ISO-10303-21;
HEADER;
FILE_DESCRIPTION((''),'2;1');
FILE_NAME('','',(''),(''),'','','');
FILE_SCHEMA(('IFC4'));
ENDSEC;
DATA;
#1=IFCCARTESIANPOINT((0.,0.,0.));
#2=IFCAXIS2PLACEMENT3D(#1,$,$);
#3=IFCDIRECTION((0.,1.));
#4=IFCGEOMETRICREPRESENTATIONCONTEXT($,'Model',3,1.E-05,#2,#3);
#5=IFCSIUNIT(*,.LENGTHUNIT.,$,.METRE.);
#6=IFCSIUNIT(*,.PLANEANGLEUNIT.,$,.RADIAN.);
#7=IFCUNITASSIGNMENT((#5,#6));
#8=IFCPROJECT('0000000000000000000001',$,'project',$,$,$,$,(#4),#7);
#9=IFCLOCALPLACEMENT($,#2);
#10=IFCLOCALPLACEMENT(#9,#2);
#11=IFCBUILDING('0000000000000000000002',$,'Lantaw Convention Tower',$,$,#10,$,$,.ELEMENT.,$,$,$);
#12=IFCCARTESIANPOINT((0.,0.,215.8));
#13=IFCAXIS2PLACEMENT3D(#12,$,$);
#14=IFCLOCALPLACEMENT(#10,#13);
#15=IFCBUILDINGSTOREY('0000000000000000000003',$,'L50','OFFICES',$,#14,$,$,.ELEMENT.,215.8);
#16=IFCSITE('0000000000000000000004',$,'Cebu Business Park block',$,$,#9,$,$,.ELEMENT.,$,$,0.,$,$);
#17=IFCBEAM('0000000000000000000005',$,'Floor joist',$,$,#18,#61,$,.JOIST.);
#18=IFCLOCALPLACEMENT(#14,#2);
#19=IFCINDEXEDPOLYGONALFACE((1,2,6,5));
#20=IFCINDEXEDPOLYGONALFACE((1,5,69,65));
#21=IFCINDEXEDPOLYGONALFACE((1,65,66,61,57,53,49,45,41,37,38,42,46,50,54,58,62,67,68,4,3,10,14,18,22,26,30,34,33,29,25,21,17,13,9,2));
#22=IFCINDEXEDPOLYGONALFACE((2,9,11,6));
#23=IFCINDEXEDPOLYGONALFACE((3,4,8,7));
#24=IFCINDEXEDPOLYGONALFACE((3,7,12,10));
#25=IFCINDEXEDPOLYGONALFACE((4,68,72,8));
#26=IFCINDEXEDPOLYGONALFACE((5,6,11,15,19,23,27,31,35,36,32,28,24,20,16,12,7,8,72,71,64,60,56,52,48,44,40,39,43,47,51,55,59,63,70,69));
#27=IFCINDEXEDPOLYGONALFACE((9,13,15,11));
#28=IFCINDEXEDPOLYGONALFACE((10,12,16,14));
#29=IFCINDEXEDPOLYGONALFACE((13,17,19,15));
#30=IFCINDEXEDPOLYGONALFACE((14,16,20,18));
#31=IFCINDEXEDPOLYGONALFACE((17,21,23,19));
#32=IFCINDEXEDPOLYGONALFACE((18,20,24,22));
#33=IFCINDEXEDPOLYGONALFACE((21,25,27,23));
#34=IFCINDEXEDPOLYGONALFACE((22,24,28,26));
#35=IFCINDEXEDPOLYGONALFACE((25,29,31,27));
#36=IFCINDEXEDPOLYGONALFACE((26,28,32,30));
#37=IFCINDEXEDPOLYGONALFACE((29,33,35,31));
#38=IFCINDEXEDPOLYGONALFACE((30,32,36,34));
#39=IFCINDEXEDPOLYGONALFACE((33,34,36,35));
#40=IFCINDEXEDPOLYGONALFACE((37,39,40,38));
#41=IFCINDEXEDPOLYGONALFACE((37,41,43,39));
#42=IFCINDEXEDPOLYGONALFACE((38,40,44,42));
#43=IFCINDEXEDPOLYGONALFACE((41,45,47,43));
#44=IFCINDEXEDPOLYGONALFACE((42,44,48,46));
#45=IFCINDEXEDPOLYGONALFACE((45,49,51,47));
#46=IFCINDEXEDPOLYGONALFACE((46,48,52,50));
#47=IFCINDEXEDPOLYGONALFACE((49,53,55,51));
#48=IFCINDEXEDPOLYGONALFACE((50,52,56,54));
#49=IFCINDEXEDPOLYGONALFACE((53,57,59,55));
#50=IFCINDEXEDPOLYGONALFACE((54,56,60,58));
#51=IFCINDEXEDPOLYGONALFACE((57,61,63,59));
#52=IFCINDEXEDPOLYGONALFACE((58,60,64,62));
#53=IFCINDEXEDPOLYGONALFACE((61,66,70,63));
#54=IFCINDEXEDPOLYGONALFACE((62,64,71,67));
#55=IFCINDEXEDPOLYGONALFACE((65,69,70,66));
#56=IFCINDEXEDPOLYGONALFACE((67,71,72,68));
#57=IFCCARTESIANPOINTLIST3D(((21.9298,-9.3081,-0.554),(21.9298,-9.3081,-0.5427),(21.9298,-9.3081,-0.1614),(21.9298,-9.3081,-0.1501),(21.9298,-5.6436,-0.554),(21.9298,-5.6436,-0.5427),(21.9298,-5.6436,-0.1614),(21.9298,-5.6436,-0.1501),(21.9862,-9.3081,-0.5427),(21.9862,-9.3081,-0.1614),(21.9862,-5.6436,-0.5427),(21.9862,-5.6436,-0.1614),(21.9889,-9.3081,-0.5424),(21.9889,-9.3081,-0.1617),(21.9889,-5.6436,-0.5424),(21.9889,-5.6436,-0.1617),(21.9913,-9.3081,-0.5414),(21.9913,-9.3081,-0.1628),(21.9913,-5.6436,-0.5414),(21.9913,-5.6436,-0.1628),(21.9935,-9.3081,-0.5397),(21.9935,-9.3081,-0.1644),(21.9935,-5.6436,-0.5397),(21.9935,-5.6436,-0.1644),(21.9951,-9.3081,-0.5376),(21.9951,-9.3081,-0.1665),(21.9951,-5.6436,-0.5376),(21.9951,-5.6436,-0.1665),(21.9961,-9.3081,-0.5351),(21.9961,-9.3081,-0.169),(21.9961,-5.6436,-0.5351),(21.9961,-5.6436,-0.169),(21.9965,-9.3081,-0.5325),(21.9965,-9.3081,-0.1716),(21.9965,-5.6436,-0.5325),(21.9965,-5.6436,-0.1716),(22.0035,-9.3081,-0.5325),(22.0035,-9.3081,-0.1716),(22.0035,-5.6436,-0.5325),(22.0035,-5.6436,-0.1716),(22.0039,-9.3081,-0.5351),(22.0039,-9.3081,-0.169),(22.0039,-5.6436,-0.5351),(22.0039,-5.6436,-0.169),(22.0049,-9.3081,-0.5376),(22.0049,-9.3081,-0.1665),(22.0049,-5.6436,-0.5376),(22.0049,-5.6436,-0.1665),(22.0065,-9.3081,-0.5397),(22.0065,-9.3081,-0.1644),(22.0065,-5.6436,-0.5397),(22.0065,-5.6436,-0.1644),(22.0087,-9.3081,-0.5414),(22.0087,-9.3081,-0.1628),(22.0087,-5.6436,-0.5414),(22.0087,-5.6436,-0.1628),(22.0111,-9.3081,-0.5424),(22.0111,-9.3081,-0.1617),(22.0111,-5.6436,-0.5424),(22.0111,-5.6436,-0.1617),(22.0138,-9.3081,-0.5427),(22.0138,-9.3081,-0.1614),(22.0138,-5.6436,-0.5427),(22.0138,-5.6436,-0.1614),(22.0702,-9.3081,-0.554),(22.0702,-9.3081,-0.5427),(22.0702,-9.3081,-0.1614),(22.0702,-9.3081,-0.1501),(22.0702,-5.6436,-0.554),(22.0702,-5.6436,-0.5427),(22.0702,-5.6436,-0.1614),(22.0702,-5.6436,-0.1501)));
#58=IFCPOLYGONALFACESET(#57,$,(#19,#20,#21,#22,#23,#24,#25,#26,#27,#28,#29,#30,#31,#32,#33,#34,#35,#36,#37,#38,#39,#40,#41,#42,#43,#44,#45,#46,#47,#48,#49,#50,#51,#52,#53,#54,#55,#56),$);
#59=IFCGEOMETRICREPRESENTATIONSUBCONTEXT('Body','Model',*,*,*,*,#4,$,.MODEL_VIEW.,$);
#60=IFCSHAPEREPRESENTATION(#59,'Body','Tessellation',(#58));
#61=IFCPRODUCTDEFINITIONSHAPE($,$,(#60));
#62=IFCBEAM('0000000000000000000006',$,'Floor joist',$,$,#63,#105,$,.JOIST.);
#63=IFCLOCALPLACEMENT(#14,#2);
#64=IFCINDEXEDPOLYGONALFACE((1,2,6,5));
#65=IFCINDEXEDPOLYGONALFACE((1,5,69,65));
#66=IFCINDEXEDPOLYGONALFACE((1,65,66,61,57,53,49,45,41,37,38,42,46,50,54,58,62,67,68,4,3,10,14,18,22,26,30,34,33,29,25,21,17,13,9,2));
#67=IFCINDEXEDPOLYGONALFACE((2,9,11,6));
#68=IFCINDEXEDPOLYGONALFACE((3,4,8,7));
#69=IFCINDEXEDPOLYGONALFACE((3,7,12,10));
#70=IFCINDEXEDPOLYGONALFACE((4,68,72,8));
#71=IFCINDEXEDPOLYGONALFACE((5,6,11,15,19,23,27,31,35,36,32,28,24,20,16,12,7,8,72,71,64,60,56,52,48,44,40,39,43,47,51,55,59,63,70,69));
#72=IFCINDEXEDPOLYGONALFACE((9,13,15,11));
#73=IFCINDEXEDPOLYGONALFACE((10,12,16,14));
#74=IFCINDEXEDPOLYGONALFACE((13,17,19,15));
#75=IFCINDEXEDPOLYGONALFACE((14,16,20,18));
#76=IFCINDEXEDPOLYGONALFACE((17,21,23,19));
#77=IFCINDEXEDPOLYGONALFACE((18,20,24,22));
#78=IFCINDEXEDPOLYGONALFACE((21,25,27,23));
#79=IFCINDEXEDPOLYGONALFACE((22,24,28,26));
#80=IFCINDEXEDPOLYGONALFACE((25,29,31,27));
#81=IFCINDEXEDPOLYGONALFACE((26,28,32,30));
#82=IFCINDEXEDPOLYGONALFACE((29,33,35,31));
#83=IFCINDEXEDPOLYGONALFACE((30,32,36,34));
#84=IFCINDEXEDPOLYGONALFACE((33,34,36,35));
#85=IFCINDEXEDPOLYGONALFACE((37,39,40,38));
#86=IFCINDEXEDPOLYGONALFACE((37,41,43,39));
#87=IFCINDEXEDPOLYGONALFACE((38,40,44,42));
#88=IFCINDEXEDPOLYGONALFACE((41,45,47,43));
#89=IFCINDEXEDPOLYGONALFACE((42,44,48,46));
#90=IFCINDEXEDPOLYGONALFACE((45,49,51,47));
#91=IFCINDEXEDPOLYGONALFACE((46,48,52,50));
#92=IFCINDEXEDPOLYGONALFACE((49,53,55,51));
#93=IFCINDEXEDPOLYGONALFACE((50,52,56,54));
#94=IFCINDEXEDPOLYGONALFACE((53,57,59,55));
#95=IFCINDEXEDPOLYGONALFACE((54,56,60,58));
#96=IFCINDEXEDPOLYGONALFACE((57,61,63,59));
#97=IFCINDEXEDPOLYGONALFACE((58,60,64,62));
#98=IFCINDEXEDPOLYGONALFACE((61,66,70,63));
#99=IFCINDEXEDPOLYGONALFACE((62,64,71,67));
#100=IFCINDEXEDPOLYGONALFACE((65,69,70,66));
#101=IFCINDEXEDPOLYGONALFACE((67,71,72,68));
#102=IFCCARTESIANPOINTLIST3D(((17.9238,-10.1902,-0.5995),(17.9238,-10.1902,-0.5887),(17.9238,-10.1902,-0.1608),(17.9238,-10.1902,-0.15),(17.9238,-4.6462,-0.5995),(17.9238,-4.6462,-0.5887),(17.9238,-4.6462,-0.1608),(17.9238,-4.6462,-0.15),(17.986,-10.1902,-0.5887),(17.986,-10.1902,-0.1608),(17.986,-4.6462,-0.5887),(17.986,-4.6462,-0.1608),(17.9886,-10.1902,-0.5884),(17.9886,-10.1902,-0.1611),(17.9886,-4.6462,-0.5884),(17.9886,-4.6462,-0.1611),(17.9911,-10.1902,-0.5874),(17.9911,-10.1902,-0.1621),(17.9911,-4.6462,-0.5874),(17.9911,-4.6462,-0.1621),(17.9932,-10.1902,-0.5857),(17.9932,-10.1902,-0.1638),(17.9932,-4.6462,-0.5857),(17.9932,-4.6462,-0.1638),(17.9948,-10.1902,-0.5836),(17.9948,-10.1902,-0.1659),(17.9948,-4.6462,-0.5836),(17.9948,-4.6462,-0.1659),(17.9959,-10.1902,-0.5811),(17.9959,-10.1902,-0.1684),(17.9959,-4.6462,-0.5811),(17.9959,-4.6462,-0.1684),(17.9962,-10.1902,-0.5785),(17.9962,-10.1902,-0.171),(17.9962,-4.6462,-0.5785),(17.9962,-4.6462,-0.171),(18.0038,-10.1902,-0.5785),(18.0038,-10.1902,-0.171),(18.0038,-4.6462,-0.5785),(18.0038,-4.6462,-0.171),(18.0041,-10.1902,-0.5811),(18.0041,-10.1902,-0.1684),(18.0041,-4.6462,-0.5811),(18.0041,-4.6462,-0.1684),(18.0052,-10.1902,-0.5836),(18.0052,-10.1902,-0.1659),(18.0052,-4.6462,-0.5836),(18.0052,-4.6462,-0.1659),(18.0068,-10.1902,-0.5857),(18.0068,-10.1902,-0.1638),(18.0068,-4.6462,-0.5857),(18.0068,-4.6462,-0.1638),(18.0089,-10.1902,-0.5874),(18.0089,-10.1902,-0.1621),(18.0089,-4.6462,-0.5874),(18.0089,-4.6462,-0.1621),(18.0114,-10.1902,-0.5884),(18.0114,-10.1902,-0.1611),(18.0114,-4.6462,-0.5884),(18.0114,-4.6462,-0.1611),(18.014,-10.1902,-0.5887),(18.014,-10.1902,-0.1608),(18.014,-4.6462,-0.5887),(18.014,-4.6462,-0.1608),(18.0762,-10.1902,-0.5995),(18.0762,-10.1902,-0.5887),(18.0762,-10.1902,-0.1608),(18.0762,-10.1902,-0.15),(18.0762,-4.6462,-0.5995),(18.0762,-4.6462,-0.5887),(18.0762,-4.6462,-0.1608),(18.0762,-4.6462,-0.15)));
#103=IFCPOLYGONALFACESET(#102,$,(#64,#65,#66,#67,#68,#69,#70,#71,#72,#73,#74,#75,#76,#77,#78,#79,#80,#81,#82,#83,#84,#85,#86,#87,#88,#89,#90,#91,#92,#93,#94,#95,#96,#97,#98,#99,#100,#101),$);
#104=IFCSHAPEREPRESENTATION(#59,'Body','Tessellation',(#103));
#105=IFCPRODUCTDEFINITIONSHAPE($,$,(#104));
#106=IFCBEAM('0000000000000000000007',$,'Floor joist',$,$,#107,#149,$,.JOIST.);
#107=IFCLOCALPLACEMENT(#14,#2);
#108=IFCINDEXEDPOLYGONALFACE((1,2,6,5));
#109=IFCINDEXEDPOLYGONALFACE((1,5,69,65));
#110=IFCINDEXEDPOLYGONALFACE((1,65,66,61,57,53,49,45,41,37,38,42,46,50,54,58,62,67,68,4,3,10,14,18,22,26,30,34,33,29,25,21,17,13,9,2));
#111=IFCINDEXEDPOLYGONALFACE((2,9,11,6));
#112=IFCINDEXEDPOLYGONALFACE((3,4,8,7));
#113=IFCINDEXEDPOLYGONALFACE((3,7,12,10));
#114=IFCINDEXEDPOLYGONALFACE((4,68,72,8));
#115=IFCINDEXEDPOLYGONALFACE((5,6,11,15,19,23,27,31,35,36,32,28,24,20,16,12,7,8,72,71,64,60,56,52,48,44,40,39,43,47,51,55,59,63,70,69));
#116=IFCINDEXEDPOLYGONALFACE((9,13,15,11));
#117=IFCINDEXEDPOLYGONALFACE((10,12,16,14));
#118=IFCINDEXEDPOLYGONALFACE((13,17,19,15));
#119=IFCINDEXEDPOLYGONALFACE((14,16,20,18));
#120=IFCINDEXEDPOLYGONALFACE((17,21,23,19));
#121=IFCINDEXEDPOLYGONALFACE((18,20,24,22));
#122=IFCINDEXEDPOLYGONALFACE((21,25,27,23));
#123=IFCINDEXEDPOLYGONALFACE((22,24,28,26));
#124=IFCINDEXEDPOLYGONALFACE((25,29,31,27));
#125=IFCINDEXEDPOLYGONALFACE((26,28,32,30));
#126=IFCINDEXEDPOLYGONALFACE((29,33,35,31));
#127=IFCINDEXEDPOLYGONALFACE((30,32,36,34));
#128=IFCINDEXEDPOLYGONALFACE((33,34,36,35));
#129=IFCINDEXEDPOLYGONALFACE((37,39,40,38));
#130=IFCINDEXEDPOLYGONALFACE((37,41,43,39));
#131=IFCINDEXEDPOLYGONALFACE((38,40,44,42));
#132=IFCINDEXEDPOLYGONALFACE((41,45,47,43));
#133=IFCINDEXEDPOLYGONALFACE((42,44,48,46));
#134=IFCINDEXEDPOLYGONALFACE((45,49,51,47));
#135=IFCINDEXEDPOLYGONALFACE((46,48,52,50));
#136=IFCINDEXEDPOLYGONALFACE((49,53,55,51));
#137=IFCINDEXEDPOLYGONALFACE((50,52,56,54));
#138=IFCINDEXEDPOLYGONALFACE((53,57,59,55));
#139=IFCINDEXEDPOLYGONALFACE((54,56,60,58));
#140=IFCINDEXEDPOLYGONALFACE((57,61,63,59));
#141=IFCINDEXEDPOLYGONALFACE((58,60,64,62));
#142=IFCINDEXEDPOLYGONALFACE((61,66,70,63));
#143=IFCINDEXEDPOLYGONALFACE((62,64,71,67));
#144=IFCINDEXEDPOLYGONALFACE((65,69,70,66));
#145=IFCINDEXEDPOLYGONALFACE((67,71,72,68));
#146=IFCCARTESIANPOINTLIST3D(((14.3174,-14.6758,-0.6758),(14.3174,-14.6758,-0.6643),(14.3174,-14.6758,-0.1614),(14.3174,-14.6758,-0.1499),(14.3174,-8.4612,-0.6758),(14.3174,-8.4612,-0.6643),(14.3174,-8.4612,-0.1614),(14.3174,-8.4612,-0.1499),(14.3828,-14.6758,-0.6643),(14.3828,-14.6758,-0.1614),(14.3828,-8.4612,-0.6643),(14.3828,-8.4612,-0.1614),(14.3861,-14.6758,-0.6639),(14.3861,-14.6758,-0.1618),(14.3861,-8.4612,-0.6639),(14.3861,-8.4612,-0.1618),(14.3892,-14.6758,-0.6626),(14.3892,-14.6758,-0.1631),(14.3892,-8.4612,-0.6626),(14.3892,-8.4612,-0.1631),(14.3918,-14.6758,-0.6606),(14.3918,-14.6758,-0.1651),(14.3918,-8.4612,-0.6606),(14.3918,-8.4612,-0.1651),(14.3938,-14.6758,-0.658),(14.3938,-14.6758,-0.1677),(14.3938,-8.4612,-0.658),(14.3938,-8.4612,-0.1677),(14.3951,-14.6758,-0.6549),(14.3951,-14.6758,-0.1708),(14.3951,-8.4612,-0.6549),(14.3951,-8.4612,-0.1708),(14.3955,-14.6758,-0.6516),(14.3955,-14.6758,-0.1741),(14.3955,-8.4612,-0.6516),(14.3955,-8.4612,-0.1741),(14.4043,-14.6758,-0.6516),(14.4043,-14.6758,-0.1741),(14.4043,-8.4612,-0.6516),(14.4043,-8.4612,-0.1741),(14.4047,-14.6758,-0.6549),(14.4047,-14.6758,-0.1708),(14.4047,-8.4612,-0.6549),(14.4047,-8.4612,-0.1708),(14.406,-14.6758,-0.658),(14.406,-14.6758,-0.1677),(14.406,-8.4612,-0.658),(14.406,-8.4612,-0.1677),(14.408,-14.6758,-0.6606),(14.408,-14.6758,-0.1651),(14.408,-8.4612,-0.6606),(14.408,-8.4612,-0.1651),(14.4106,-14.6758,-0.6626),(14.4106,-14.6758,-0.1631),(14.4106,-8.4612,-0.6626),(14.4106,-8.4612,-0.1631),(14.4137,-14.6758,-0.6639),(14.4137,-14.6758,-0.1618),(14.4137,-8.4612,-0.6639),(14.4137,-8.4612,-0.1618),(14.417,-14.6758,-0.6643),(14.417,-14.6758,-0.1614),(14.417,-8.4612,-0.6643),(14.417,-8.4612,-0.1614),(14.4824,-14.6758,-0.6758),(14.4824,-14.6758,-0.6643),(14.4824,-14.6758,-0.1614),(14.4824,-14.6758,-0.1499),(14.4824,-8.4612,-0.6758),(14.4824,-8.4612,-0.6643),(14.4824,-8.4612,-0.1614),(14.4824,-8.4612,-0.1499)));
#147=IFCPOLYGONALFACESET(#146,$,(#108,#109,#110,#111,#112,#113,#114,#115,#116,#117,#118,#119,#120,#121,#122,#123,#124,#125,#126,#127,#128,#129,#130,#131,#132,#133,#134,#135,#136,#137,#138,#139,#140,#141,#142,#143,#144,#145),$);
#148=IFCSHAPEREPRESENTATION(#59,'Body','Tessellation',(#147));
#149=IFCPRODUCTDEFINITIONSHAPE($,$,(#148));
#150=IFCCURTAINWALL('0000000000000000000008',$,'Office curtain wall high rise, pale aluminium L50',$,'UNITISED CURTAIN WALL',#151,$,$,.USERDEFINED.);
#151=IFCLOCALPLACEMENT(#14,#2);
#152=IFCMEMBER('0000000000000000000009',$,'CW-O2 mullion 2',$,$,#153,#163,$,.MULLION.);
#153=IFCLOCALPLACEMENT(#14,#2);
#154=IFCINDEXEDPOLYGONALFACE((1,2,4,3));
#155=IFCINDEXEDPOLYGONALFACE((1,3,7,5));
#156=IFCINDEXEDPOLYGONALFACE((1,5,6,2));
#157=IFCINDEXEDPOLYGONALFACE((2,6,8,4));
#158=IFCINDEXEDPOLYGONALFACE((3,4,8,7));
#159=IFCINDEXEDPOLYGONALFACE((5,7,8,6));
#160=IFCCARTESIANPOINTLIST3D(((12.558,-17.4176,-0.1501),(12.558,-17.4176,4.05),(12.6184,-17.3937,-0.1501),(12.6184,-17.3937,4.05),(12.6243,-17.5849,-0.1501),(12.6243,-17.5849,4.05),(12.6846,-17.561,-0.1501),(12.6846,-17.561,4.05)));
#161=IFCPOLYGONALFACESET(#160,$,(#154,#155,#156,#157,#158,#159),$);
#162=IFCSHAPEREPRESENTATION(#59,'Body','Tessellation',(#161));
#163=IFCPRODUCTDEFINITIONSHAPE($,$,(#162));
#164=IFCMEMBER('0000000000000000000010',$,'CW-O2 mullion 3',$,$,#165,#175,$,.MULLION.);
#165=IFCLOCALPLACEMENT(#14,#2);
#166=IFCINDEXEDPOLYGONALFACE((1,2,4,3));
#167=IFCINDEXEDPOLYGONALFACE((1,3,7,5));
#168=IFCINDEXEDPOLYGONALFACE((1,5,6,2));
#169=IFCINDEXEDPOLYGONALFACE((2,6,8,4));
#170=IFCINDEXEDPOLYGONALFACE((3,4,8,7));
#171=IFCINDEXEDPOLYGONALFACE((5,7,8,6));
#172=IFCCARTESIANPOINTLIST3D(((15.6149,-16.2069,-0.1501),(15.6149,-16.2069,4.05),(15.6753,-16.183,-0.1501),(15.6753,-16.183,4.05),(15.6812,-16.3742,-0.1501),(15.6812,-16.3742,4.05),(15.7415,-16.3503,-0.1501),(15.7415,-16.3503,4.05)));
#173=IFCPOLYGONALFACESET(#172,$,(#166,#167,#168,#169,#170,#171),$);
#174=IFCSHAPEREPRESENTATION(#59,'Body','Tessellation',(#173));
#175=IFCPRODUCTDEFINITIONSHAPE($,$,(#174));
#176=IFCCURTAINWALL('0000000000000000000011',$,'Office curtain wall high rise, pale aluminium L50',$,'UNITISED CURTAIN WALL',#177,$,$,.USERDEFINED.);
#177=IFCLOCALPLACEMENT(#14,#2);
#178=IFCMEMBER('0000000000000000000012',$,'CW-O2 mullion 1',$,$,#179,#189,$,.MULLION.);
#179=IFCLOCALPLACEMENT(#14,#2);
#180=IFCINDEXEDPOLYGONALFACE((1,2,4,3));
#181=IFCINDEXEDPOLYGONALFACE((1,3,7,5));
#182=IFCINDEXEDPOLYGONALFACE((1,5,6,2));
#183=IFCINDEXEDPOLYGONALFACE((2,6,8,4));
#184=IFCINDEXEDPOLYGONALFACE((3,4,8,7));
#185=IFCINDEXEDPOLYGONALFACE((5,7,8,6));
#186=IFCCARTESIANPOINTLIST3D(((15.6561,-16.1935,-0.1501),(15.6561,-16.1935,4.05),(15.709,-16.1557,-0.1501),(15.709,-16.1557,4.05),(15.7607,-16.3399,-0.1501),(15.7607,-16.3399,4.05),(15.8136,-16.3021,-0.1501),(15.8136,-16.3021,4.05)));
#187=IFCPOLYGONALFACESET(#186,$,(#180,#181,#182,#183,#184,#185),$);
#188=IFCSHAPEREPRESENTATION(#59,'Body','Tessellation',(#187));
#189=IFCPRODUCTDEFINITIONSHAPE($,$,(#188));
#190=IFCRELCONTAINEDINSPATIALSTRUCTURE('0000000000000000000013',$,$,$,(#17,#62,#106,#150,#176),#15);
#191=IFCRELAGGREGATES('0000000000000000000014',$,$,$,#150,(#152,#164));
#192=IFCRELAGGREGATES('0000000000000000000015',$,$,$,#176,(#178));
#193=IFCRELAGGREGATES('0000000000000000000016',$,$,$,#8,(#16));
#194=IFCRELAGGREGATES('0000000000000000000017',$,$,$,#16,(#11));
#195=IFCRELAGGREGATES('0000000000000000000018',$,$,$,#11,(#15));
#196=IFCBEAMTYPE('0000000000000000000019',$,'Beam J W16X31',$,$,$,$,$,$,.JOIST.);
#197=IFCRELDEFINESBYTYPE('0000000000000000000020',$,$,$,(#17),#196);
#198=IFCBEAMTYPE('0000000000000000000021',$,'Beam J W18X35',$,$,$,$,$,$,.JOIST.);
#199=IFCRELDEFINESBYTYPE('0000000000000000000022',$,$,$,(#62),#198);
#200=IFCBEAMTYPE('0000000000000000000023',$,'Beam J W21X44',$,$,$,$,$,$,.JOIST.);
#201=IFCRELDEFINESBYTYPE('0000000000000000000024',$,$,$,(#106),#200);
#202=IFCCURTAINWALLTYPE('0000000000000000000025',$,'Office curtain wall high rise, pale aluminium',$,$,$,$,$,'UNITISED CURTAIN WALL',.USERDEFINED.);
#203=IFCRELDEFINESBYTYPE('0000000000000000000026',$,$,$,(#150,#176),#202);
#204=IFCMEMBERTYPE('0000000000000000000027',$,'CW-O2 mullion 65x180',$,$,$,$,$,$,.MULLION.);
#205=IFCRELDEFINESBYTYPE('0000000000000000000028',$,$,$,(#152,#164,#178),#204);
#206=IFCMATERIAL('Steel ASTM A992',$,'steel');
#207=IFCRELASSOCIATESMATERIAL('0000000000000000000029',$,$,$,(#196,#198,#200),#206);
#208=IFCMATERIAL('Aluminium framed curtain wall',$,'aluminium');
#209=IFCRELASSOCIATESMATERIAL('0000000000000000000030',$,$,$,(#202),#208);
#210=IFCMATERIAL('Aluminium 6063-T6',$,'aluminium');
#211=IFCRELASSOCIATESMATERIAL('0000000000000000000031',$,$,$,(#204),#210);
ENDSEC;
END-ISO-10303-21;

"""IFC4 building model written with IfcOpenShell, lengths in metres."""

from ifc_helpers import new_model, si_unit, direction, frame, origin, origin_2d, place, context, subcontext, project, spatial, rectangle, i_section, extrude, material, material_profile, profile_set, type_object, element, aggregate, save


model = new_model("IFC4")

# Units and contexts
model_context = context("Model", 3, precision=1e-05, world=origin(), true_north=direction((0.0, 1.0)))
body_context = subcontext(model_context, "Body", "Model", "MODEL_VIEW")
ifc_project = project(units=[si_unit("LENGTHUNIT", "METRE"), si_unit("PLANEANGLEUNIT", "RADIAN")], contexts=[model_context])

# Site, building, storey
site_placement = place(None, origin())
site = spatial("IfcSite", under=ifc_project, at=site_placement, Name="Cebu Business Park block", CompositionType="ELEMENT", RefElevation=0.0)
building_placement = place(site_placement, origin())
building = spatial("IfcBuilding", under=site, at=building_placement, Name="Lantaw Convention Tower", CompositionType="ELEMENT")
storey_placement = place(building_placement, frame((0.0, 0.0, 215.8)))
storey = spatial("IfcBuildingStorey", under=building, at=storey_placement, Name="L50", Description="OFFICES", CompositionType="ELEMENT", Elevation=215.8)

# Beams
ifc_material_1 = material(Name="Steel ASTM A992", Category="steel")
ifc_material_profile_1 = material_profile(ifc_material_1, i_section(OverallWidth=0.1404, OverallDepth=0.4038, WebThickness=0.0071, FlangeThickness=0.0112, FilletRadius=0.0103, at=origin_2d()), Name="W16X31")
ifc_profile_set_1 = profile_set([ifc_material_profile_1], Name="Steel ASTM A992")
beam_type_1 = type_object("IfcBeamType", Name="Beam J W16X31", PredefinedType="JOIST", material=ifc_profile_set_1)
beam_1_placement = place(storey_placement, frame((22.0, -9.3081, -0.3521), z_axis=(0.0, 1.0, 0.0), x_axis=(-1.0, 0.0, 0.0)))
element("IfcBeam", 1, at=beam_1_placement, inside=storey, type_object=beam_type_1, Name="Floor joist", PredefinedType="JOIST", context=body_context, shape_type="SweptSolid", body=[
    extrude(i_section(OverallWidth=0.1404, OverallDepth=0.4038, WebThickness=0.0071, FlangeThickness=0.0112, FilletRadius=0.0103, at=origin_2d()), origin(), (0.0, 0.0, 1.0), 3.6646),
])
ifc_material_profile_2 = material_profile(ifc_material_1, i_section(OverallWidth=0.1523, OverallDepth=0.4495, WebThickness=0.0076, FlangeThickness=0.0107, FilletRadius=0.0103, at=origin_2d()), Name="W18X35")
ifc_profile_set_2 = profile_set([ifc_material_profile_2], Name="Steel ASTM A992")
beam_type_2 = type_object("IfcBeamType", Name="Beam J W18X35", PredefinedType="JOIST", material=ifc_profile_set_2)
beam_2_placement = place(storey_placement, frame((18.0, -10.1902, -0.3748), z_axis=(0.0, 1.0, 0.0), x_axis=(-1.0, 0.0, 0.0)))
element("IfcBeam", 2, at=beam_2_placement, inside=storey, type_object=beam_type_2, Name="Floor joist", PredefinedType="JOIST", context=body_context, shape_type="SweptSolid", body=[
    extrude(i_section(OverallWidth=0.1523, OverallDepth=0.4495, WebThickness=0.0076, FlangeThickness=0.0107, FilletRadius=0.0103, at=origin_2d()), origin(), (0.0, 0.0, 1.0), 5.5439),
])
ifc_material_profile_3 = material_profile(ifc_material_1, i_section(OverallWidth=0.165, OverallDepth=0.5259, WebThickness=0.0088, FlangeThickness=0.0115, FilletRadius=0.0127, at=origin_2d()), Name="W21X44")
ifc_profile_set_3 = profile_set([ifc_material_profile_3], Name="Steel ASTM A992")
beam_type_3 = type_object("IfcBeamType", Name="Beam J W21X44", PredefinedType="JOIST", material=ifc_profile_set_3)
beam_3_placement = place(storey_placement, frame((14.3999, -14.6758, -0.4128), z_axis=(0.0, 1.0, 0.0), x_axis=(-1.0, 0.0, 0.0)))
element("IfcBeam", 3, at=beam_3_placement, inside=storey, type_object=beam_type_3, Name="Floor joist", PredefinedType="JOIST", context=body_context, shape_type="SweptSolid", body=[
    extrude(i_section(OverallWidth=0.165, OverallDepth=0.5259, WebThickness=0.0088, FlangeThickness=0.0115, FilletRadius=0.0127, at=origin_2d()), origin(), (0.0, 0.0, 1.0), 6.2146),
])

# Curtain walls, members
ifc_material_2 = material(Name="Aluminium framed curtain wall", Category="aluminium")
curtain_wall_type = type_object("IfcCurtainWallType", Name="Office curtain wall high rise, pale aluminium", ElementType="UNITISED CURTAIN WALL", PredefinedType="USERDEFINED", material=ifc_material_2)
curtain_wall_1_placement = place(storey_placement, origin())
curtain_wall_1 = element("IfcCurtainWall", 4, at=curtain_wall_1_placement, inside=storey, type_object=curtain_wall_type, Name="Office curtain wall high rise, pale aluminium L50", ObjectType="UNITISED CURTAIN WALL", PredefinedType="USERDEFINED")
ifc_material_3 = material(Name="Aluminium 6063-T6", Category="aluminium")
ifc_material_profile_4 = material_profile(ifc_material_3, rectangle(XDim=0.1799, YDim=0.0649, at=origin_2d()), Name="CW-O2 mullion 65x180")
ifc_profile_set_4 = profile_set([ifc_material_profile_4], Name="Aluminium 6063-T6")
member_type_1 = type_object("IfcMemberType", Name="CW-O2 mullion 65x180", PredefinedType="MULLION", material=ifc_profile_set_4)
member_1_placement = place(storey_placement, frame((12.6213, -17.4893, -0.1501), z_axis=(0.0, 0.0, 1.0), x_axis=(-0.368162, 0.929762, 0.0)))
member_1 = element("IfcMember", 5, at=member_1_placement, type_object=member_type_1, Name="CW-O2 mullion 2", PredefinedType="MULLION", context=body_context, shape_type="SweptSolid", body=[
    extrude(rectangle(XDim=0.1799, YDim=0.0649, at=origin_2d()), origin(), (0.0, 0.0, 1.0), 4.2002),
])
member_2_placement = place(storey_placement, frame((15.6782, -16.2786, -0.1501), z_axis=(0.0, 0.0, 1.0), x_axis=(-0.368162, 0.929762, 0.0)))
member_2 = element("IfcMember", 6, at=member_2_placement, type_object=member_type_1, Name="CW-O2 mullion 3", PredefinedType="MULLION", context=body_context, shape_type="SweptSolid", body=[
    extrude(rectangle(XDim=0.1799, YDim=0.0649, at=origin_2d()), origin(), (0.0, 0.0, 1.0), 4.2002),
])
curtain_wall_2_placement = place(storey_placement, origin())
curtain_wall_2 = element("IfcCurtainWall", 7, at=curtain_wall_2_placement, inside=storey, type_object=curtain_wall_type, Name="Office curtain wall high rise, pale aluminium L50", ObjectType="UNITISED CURTAIN WALL", PredefinedType="USERDEFINED")
member_3_placement = place(storey_placement, frame((15.7349, -16.2478, -0.1501), z_axis=(0.0, 0.0, 1.0), x_axis=(-0.581323, 0.813673, 0.0)))
member_3 = element("IfcMember", 8, at=member_3_placement, type_object=member_type_1, Name="CW-O2 mullion 1", PredefinedType="MULLION", context=body_context, shape_type="SweptSolid", body=[
    extrude(rectangle(XDim=0.1799, YDim=0.0649, at=origin_2d()), origin(), (0.0, 0.0, 1.0), 4.2002),
])

aggregate(curtain_wall_1, [member_1, member_2])
aggregate(curtain_wall_2, [member_3])

save(model, "model.ifc")
